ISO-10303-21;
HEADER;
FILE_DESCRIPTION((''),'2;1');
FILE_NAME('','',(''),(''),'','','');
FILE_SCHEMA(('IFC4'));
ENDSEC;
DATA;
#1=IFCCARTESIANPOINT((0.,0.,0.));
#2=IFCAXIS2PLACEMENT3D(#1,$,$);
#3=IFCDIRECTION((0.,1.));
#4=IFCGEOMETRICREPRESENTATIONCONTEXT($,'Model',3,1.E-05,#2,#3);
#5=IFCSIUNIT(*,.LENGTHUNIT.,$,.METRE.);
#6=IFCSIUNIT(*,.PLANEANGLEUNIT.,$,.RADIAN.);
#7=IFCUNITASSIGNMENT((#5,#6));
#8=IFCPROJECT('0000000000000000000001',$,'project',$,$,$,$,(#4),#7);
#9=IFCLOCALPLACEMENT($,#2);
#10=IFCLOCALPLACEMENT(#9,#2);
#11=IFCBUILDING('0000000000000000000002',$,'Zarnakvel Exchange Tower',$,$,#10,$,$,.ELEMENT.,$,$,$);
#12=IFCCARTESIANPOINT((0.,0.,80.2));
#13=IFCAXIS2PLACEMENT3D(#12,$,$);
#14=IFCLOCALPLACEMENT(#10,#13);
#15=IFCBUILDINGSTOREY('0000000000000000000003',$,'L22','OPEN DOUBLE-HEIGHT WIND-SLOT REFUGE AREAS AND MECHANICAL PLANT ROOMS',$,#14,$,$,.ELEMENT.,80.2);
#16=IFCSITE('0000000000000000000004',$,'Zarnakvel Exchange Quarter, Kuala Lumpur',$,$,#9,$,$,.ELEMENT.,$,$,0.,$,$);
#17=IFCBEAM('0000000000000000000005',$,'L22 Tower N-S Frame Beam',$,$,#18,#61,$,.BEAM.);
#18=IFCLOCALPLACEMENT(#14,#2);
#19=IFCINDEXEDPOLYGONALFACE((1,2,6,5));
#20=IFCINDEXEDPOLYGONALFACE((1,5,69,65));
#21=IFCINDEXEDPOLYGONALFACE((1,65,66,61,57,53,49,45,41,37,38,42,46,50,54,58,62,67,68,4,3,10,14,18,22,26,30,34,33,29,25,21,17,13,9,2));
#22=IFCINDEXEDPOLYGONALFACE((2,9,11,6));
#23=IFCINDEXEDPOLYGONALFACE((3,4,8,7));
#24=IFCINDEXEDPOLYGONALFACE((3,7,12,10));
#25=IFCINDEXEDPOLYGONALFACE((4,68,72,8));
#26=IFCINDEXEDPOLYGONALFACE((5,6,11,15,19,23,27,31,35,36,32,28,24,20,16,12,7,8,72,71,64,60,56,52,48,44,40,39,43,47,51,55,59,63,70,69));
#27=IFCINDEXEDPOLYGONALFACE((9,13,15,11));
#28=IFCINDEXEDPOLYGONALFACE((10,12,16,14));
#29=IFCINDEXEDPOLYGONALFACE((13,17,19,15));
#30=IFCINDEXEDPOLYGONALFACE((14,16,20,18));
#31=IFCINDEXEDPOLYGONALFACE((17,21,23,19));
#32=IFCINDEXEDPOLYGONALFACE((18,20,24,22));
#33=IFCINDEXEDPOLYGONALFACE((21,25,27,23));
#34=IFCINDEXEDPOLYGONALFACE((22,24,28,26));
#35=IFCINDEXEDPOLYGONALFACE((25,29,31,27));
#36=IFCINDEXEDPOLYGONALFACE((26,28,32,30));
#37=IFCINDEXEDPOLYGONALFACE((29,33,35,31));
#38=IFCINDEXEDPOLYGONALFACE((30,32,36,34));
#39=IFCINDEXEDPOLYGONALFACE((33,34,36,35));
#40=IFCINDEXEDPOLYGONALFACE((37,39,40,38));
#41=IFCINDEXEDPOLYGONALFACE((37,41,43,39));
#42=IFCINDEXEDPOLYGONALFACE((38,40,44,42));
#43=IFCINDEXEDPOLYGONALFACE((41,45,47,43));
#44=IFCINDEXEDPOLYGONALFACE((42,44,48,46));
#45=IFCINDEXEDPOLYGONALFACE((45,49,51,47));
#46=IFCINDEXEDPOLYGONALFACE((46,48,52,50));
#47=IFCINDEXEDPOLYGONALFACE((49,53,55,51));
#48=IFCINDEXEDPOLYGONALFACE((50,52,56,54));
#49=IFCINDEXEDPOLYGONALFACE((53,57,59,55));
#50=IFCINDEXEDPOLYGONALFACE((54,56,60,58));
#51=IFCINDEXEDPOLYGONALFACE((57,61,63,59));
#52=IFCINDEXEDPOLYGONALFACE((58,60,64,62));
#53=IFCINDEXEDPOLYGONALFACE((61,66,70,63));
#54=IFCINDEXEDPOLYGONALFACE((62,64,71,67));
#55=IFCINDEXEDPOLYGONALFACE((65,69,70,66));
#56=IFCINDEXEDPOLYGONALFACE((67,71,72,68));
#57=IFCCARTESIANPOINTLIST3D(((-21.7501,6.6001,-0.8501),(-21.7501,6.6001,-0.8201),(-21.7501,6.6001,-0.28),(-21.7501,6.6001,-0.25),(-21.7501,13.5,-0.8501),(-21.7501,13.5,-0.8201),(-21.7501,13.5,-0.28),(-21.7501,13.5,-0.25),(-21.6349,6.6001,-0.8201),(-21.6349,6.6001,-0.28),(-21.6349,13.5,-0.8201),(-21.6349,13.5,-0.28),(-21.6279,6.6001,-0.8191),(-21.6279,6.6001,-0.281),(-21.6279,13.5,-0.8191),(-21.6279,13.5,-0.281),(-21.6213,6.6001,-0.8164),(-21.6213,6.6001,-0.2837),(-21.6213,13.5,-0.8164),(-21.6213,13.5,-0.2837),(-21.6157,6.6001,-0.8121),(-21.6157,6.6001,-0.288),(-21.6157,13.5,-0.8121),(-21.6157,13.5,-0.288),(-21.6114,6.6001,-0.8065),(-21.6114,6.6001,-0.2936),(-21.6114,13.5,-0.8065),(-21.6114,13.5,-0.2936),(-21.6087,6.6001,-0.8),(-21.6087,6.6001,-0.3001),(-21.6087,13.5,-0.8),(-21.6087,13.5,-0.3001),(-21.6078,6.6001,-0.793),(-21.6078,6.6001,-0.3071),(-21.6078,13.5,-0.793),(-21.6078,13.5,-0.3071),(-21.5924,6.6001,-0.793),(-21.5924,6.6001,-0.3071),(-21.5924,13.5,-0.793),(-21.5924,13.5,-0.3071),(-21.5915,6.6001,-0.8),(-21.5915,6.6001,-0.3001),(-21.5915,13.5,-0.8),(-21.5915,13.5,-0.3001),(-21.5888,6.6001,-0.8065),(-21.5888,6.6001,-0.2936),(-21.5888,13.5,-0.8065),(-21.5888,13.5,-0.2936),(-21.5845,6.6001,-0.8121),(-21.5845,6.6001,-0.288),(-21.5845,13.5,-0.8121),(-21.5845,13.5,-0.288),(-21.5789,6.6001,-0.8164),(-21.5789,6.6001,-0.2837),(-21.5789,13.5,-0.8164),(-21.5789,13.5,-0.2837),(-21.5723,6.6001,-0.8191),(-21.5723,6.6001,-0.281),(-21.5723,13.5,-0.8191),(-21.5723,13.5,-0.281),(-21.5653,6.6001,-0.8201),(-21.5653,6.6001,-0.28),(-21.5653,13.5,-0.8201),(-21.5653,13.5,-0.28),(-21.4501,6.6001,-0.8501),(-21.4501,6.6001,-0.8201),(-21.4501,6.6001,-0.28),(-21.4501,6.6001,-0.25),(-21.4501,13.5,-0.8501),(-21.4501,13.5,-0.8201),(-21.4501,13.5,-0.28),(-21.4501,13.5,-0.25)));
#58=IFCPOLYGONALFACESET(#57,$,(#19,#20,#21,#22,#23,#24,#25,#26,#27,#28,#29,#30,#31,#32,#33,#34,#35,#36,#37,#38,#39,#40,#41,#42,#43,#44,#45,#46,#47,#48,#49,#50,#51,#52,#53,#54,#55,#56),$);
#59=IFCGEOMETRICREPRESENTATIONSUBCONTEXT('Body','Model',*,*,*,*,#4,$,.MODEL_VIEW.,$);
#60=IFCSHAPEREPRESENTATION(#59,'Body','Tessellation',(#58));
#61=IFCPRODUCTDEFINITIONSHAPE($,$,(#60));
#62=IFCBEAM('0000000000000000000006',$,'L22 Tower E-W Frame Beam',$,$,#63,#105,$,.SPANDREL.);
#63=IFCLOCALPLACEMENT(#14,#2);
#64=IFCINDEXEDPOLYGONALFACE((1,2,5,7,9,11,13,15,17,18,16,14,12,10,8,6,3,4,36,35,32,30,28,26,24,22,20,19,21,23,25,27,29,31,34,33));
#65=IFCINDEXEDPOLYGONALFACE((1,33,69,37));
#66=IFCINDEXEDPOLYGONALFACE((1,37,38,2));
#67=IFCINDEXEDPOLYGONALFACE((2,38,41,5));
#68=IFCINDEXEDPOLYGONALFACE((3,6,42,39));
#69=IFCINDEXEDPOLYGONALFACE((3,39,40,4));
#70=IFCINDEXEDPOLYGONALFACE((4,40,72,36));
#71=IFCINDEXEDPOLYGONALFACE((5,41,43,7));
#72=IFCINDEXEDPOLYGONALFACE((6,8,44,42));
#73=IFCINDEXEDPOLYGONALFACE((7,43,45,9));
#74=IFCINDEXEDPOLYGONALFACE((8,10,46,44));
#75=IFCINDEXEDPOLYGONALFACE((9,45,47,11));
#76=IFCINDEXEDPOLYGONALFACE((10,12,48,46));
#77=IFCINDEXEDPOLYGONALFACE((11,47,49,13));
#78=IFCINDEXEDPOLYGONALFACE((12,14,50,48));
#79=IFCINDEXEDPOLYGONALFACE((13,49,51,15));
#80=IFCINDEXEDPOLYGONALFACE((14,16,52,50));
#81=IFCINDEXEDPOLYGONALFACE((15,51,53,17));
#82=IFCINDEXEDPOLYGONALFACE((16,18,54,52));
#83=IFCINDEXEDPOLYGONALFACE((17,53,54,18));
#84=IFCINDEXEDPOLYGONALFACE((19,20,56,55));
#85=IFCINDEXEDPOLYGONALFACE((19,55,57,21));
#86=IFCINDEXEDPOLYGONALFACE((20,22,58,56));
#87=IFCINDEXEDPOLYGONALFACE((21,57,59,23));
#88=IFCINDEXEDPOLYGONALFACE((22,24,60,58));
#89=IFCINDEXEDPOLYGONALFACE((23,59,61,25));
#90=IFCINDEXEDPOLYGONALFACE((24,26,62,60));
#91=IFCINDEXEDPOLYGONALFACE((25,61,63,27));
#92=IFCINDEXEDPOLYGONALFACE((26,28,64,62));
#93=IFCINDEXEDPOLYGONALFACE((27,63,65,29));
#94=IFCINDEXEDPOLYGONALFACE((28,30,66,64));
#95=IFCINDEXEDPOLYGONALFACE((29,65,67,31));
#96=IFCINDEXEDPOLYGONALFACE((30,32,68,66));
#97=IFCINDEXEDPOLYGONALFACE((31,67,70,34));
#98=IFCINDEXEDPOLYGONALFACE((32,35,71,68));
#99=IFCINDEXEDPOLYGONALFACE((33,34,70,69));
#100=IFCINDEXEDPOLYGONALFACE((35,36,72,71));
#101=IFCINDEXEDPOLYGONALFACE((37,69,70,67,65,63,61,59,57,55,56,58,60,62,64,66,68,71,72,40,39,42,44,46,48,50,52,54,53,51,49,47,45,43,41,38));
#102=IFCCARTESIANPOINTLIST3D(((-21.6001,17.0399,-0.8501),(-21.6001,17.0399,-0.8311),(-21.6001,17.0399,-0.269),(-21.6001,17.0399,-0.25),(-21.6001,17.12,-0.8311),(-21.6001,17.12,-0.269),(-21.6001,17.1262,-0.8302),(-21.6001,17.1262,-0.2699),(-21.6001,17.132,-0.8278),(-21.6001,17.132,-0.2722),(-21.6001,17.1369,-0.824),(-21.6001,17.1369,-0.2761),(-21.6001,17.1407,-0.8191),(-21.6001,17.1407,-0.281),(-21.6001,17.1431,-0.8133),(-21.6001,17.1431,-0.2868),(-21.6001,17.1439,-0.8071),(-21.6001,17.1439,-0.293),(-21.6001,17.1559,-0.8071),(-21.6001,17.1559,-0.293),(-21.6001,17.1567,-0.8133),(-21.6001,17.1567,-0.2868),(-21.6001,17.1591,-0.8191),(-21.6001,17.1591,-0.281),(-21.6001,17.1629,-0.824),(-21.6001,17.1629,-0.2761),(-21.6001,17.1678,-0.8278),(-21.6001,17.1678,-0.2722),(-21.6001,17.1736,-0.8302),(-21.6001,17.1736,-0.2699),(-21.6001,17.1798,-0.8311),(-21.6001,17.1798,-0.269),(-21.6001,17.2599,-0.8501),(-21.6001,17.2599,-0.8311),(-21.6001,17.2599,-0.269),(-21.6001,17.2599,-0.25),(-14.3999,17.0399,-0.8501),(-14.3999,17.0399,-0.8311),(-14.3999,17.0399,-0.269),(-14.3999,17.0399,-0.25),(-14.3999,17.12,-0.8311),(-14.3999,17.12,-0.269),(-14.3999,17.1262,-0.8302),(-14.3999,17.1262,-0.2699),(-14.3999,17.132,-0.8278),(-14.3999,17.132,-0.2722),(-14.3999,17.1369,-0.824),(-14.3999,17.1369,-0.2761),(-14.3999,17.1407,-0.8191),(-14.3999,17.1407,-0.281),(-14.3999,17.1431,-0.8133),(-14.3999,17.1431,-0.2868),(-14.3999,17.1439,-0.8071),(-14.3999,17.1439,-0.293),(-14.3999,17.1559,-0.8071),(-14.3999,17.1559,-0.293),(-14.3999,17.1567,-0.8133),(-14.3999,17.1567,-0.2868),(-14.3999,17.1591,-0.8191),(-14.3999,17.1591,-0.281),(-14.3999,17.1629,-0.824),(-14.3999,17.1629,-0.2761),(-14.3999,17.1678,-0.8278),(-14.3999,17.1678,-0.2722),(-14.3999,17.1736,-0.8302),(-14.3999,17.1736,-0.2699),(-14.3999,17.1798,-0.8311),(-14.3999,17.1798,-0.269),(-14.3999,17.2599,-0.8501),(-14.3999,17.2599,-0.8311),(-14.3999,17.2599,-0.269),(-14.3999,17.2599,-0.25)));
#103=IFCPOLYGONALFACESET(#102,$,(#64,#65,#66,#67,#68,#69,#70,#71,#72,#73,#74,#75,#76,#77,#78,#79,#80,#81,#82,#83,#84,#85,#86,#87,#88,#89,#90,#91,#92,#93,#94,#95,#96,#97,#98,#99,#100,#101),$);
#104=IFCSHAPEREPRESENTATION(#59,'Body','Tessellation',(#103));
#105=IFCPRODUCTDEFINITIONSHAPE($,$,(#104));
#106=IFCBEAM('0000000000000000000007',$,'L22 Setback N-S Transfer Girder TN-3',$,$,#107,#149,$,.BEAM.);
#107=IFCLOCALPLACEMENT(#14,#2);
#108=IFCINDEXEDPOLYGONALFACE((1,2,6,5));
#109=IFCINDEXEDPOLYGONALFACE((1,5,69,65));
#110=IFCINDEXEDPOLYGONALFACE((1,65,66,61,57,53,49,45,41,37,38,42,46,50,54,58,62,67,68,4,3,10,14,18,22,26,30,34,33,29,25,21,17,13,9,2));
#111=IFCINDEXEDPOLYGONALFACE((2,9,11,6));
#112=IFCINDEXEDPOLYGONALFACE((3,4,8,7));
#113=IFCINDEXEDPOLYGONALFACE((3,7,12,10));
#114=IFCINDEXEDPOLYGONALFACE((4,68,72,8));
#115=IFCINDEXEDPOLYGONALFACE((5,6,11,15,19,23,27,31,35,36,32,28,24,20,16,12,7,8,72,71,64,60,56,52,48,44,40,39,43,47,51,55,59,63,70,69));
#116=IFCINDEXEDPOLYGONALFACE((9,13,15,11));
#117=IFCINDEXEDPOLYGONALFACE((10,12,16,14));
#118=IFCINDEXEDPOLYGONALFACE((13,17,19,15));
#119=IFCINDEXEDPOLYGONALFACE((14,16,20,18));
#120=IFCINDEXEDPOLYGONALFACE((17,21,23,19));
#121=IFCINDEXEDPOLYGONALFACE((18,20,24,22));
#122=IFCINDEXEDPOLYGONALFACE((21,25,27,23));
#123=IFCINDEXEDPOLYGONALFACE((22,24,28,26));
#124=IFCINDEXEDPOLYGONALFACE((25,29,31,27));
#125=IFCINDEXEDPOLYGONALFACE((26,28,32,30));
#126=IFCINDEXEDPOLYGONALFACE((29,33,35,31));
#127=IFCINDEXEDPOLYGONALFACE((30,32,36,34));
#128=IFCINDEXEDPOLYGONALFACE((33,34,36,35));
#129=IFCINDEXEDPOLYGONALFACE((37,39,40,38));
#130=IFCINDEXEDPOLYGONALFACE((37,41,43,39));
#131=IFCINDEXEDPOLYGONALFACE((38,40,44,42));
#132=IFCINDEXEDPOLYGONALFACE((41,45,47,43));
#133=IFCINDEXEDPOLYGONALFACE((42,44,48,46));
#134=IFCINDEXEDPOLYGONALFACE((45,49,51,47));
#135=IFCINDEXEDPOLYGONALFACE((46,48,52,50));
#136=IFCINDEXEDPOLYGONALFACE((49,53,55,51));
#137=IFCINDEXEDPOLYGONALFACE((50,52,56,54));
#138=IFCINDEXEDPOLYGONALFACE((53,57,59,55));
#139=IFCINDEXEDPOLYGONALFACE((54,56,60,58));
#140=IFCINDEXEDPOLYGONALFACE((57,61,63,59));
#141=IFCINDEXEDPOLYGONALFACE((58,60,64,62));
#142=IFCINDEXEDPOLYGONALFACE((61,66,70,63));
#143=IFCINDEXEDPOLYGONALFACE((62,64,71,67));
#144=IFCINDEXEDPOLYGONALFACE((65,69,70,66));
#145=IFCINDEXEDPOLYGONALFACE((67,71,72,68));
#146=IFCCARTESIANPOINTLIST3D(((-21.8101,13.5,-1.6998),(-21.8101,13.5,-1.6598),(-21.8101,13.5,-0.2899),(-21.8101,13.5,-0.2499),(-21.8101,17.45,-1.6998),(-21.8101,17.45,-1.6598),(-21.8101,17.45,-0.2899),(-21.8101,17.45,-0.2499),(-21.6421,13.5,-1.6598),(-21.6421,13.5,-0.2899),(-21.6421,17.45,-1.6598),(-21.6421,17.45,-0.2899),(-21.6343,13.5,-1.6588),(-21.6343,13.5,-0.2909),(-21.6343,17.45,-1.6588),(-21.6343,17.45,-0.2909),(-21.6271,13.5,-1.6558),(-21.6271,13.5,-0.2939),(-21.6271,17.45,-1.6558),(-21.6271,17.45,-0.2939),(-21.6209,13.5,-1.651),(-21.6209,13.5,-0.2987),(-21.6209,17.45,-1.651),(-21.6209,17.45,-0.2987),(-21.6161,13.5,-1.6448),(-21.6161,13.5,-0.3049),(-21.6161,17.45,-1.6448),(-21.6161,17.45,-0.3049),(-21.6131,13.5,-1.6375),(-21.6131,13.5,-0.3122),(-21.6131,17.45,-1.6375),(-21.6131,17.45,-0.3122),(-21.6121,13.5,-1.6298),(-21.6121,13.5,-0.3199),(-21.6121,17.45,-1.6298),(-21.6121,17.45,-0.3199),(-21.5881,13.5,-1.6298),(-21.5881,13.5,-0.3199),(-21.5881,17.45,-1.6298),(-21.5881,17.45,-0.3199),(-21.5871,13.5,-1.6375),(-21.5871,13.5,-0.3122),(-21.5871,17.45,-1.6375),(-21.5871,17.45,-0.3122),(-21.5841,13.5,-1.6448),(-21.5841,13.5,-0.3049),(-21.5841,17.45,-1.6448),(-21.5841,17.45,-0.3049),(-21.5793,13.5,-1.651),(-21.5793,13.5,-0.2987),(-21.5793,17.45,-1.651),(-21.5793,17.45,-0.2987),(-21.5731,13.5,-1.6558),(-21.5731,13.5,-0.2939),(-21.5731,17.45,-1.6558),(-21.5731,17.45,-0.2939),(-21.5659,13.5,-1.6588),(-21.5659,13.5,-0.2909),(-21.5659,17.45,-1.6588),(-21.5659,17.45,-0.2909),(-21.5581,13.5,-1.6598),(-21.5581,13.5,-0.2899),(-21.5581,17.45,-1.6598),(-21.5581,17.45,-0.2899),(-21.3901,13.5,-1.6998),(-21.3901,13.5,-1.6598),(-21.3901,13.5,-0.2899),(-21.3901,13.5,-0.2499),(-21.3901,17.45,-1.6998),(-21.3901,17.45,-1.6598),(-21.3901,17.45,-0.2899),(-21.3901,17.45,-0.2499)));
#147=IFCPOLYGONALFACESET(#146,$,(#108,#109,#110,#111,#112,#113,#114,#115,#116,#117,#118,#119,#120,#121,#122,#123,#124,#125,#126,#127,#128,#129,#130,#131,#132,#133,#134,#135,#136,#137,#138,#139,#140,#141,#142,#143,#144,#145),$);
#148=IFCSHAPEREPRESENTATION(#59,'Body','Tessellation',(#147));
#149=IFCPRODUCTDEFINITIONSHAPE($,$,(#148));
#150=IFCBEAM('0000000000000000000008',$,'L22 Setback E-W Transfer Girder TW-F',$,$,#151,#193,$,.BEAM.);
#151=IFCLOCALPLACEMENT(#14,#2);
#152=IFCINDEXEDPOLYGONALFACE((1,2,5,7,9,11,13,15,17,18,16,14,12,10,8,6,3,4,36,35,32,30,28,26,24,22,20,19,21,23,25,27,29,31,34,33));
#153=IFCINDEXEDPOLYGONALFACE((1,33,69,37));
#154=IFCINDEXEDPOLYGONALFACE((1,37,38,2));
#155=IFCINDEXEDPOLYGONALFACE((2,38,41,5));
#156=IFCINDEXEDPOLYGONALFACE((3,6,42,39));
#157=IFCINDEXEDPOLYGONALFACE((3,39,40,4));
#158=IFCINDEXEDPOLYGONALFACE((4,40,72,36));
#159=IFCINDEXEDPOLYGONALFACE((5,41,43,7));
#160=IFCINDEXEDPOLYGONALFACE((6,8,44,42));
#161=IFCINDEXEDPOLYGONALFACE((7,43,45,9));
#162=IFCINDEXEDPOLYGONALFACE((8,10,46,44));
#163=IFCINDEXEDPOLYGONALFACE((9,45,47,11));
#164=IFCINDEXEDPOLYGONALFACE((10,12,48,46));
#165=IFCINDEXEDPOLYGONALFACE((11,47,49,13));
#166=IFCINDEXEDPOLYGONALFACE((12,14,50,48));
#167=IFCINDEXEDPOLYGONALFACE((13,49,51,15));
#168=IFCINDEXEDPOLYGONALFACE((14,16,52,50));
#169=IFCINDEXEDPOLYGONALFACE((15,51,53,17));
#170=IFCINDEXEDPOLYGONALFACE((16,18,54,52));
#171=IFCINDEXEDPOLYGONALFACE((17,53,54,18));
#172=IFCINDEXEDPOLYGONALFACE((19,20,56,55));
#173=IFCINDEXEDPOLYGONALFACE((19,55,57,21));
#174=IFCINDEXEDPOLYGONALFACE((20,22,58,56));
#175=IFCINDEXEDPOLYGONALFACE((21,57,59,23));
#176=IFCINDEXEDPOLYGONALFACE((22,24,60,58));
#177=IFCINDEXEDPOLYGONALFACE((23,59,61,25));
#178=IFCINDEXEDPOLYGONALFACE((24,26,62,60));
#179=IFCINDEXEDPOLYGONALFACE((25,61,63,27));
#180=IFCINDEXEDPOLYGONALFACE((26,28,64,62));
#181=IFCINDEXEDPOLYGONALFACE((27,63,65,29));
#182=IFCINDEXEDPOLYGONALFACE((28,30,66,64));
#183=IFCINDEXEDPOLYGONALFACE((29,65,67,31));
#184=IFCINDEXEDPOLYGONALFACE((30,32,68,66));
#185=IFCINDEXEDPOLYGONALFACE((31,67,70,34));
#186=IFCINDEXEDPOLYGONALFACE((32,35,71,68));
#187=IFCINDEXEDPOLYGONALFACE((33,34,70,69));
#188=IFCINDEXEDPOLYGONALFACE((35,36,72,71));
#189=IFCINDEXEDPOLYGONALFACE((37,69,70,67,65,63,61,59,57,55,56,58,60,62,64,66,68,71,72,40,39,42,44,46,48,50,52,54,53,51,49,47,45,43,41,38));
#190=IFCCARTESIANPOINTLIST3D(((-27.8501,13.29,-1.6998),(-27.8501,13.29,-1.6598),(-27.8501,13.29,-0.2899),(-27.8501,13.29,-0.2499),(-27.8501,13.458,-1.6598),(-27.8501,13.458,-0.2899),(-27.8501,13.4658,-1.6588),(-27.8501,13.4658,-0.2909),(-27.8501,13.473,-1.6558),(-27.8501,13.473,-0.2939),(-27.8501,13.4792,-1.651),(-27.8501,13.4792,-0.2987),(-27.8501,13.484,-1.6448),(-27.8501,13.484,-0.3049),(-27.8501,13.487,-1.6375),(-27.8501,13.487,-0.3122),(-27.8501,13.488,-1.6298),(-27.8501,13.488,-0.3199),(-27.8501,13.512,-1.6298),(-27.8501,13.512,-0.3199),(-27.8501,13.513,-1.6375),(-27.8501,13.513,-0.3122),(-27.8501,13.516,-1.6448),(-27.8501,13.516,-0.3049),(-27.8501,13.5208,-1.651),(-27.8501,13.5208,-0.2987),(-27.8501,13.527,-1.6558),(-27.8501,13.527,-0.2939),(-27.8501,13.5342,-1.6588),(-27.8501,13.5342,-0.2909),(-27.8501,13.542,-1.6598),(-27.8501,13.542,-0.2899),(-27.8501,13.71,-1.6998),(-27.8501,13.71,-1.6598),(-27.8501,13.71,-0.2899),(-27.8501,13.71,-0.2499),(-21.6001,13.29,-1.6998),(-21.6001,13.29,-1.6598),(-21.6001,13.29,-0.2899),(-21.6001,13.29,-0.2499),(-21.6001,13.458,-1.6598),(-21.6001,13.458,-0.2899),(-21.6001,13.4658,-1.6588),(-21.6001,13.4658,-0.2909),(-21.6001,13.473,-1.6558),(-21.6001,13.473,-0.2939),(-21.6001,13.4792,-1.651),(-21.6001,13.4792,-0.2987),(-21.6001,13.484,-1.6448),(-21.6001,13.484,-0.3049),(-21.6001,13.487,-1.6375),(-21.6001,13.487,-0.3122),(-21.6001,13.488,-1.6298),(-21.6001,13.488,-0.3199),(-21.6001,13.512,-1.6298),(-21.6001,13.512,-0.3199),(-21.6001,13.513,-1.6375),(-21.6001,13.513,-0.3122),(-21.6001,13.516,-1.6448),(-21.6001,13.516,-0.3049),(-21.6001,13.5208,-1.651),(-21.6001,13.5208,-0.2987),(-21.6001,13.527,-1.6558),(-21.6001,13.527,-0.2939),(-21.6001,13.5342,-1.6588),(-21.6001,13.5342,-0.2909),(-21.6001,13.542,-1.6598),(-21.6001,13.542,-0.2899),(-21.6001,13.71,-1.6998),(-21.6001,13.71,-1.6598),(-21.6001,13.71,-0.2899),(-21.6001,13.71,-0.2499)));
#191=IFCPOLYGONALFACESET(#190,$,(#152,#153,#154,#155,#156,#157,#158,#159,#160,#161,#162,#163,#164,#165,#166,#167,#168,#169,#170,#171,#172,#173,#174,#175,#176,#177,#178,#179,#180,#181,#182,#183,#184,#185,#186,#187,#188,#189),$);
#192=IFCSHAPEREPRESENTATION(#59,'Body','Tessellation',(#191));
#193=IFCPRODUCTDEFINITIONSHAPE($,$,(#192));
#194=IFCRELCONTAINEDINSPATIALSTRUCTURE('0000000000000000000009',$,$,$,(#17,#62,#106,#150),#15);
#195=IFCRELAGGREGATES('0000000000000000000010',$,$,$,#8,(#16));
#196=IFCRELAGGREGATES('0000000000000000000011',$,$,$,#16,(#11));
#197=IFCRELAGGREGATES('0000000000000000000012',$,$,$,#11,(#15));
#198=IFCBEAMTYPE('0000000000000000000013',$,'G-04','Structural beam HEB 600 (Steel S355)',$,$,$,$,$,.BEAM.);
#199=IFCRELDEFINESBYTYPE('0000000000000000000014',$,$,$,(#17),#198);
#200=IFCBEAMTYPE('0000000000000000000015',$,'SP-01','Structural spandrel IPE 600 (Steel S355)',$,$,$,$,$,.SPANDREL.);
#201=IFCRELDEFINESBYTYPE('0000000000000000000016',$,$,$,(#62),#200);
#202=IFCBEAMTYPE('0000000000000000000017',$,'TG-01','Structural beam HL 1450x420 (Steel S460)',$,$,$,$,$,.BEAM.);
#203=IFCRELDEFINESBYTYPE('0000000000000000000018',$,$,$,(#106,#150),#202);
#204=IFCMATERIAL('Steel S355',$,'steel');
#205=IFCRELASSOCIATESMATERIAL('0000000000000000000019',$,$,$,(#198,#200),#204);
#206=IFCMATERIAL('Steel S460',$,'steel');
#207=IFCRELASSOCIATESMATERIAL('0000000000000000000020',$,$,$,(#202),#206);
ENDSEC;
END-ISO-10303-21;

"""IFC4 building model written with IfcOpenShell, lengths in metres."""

from ifc_helpers import new_model, si_unit, direction, frame, origin, origin_2d, place, context, subcontext, project, spatial, i_section, extrude, material, material_profile, profile_set, type_object, element, save


model = new_model("IFC4")

# Units and contexts
model_context = context("Model", 3, precision=1e-05, world=origin(), true_north=direction((0.0, 1.0)))
body_context = subcontext(model_context, "Body", "Model", "MODEL_VIEW")
ifc_project = project(units=[si_unit("LENGTHUNIT", "METRE"), si_unit("PLANEANGLEUNIT", "RADIAN")], contexts=[model_context])

# Site, building, storey
site_placement = place(None, origin())
site = spatial("IfcSite", under=ifc_project, at=site_placement, Name="Zarnakvel Exchange Quarter, Kuala Lumpur", CompositionType="ELEMENT", RefElevation=0.0)
building_placement = place(site_placement, origin())
building = spatial("IfcBuilding", under=site, at=building_placement, Name="Zarnakvel Exchange Tower", CompositionType="ELEMENT")
storey_placement = place(building_placement, frame((0.0, 0.0, 80.2)))
storey = spatial("IfcBuildingStorey", under=building, at=storey_placement, Name="L22", Description="OPEN DOUBLE-HEIGHT WIND-SLOT REFUGE AREAS AND MECHANICAL PLANT ROOMS", CompositionType="ELEMENT", Elevation=80.2)

# Shared definitions
ifc_material_1 = material(Name="Steel S355", Category="steel")

# Beams
ifc_material_profile_1 = material_profile(ifc_material_1, i_section(OverallWidth=0.3, OverallDepth=0.6001, WebThickness=0.0154, FlangeThickness=0.03, FilletRadius=0.0271, at=origin_2d()))
ifc_profile_set_1 = profile_set([ifc_material_profile_1], Name="Steel S355")
beam_type_1 = type_object("IfcBeamType", Name="G-04", Description="Structural beam HEB 600 (Steel S355)", PredefinedType="BEAM", material=ifc_profile_set_1)
beam_1_placement = place(storey_placement, frame((-21.6001, 6.6001, -0.55), z_axis=(0.0, 1.0, 0.0), x_axis=(-1.0, 0.0, 0.0)))
element("IfcBeam", 1, at=beam_1_placement, inside=storey, type_object=beam_type_1, Name="L22 Tower N-S Frame Beam", PredefinedType="BEAM", context=body_context, shape_type="SweptSolid", body=[
    extrude(i_section(OverallWidth=0.3, OverallDepth=0.6001, WebThickness=0.0154, FlangeThickness=0.03, FilletRadius=0.0271, at=origin_2d()), origin(), (0.0, 0.0, 1.0), 6.8999),
])
ifc_material_profile_2 = material_profile(ifc_material_1, i_section(OverallWidth=0.22, OverallDepth=0.6001, WebThickness=0.012, FlangeThickness=0.019, FilletRadius=0.0239, at=origin_2d()))
ifc_profile_set_2 = profile_set([ifc_material_profile_2], Name="Steel S355")
beam_type_2 = type_object("IfcBeamType", Name="SP-01", Description="Structural spandrel IPE 600 (Steel S355)", PredefinedType="SPANDREL", material=ifc_profile_set_2)
beam_2_placement = place(storey_placement, frame((-21.6001, 17.1499, -0.55), z_axis=(1.0, 0.0, 0.0), x_axis=(0.0, 1.0, 0.0)))
element("IfcBeam", 2, at=beam_2_placement, inside=storey, type_object=beam_type_2, Name="L22 Tower E-W Frame Beam", PredefinedType="SPANDREL", context=body_context, shape_type="SweptSolid", body=[
    extrude(i_section(OverallWidth=0.22, OverallDepth=0.6001, WebThickness=0.012, FlangeThickness=0.019, FilletRadius=0.0239, at=origin_2d()), origin(), (0.0, 0.0, 1.0), 7.2002),
])
ifc_material_2 = material(Name="Steel S460", Category="steel")
ifc_material_profile_3 = material_profile(ifc_material_2, i_section(OverallWidth=0.4199, OverallDepth=1.45, WebThickness=0.0239, FlangeThickness=0.04, FilletRadius=0.03, at=origin_2d()))
ifc_profile_set_3 = profile_set([ifc_material_profile_3], Name="Steel S460")
beam_type_3 = type_object("IfcBeamType", Name="TG-01", Description="Structural beam HL 1450x420 (Steel S460)", PredefinedType="BEAM", material=ifc_profile_set_3)
beam_3_placement = place(storey_placement, frame((-21.6001, 13.5, -0.9749), z_axis=(0.0, 1.0, 0.0), x_axis=(-1.0, 0.0, 0.0)))
element("IfcBeam", 3, at=beam_3_placement, inside=storey, type_object=beam_type_3, Name="L22 Setback N-S Transfer Girder TN-3", PredefinedType="BEAM", context=body_context, shape_type="SweptSolid", body=[
    extrude(i_section(OverallWidth=0.4199, OverallDepth=1.45, WebThickness=0.0239, FlangeThickness=0.04, FilletRadius=0.03, at=origin_2d()), origin(), (0.0, 0.0, 1.0), 3.95),
])
beam_4_placement = place(storey_placement, frame((-27.8501, 13.5, -0.9749), z_axis=(1.0, 0.0, 0.0), x_axis=(0.0, 1.0, 0.0)))
element("IfcBeam", 4, at=beam_4_placement, inside=storey, type_object=beam_type_3, Name="L22 Setback E-W Transfer Girder TW-F", PredefinedType="BEAM", context=body_context, shape_type="SweptSolid", body=[
    extrude(i_section(OverallWidth=0.4199, OverallDepth=1.45, WebThickness=0.0239, FlangeThickness=0.04, FilletRadius=0.03, at=origin_2d()), origin(), (0.0, 0.0, 1.0), 6.25),
])

save(model, "model.ifc")
